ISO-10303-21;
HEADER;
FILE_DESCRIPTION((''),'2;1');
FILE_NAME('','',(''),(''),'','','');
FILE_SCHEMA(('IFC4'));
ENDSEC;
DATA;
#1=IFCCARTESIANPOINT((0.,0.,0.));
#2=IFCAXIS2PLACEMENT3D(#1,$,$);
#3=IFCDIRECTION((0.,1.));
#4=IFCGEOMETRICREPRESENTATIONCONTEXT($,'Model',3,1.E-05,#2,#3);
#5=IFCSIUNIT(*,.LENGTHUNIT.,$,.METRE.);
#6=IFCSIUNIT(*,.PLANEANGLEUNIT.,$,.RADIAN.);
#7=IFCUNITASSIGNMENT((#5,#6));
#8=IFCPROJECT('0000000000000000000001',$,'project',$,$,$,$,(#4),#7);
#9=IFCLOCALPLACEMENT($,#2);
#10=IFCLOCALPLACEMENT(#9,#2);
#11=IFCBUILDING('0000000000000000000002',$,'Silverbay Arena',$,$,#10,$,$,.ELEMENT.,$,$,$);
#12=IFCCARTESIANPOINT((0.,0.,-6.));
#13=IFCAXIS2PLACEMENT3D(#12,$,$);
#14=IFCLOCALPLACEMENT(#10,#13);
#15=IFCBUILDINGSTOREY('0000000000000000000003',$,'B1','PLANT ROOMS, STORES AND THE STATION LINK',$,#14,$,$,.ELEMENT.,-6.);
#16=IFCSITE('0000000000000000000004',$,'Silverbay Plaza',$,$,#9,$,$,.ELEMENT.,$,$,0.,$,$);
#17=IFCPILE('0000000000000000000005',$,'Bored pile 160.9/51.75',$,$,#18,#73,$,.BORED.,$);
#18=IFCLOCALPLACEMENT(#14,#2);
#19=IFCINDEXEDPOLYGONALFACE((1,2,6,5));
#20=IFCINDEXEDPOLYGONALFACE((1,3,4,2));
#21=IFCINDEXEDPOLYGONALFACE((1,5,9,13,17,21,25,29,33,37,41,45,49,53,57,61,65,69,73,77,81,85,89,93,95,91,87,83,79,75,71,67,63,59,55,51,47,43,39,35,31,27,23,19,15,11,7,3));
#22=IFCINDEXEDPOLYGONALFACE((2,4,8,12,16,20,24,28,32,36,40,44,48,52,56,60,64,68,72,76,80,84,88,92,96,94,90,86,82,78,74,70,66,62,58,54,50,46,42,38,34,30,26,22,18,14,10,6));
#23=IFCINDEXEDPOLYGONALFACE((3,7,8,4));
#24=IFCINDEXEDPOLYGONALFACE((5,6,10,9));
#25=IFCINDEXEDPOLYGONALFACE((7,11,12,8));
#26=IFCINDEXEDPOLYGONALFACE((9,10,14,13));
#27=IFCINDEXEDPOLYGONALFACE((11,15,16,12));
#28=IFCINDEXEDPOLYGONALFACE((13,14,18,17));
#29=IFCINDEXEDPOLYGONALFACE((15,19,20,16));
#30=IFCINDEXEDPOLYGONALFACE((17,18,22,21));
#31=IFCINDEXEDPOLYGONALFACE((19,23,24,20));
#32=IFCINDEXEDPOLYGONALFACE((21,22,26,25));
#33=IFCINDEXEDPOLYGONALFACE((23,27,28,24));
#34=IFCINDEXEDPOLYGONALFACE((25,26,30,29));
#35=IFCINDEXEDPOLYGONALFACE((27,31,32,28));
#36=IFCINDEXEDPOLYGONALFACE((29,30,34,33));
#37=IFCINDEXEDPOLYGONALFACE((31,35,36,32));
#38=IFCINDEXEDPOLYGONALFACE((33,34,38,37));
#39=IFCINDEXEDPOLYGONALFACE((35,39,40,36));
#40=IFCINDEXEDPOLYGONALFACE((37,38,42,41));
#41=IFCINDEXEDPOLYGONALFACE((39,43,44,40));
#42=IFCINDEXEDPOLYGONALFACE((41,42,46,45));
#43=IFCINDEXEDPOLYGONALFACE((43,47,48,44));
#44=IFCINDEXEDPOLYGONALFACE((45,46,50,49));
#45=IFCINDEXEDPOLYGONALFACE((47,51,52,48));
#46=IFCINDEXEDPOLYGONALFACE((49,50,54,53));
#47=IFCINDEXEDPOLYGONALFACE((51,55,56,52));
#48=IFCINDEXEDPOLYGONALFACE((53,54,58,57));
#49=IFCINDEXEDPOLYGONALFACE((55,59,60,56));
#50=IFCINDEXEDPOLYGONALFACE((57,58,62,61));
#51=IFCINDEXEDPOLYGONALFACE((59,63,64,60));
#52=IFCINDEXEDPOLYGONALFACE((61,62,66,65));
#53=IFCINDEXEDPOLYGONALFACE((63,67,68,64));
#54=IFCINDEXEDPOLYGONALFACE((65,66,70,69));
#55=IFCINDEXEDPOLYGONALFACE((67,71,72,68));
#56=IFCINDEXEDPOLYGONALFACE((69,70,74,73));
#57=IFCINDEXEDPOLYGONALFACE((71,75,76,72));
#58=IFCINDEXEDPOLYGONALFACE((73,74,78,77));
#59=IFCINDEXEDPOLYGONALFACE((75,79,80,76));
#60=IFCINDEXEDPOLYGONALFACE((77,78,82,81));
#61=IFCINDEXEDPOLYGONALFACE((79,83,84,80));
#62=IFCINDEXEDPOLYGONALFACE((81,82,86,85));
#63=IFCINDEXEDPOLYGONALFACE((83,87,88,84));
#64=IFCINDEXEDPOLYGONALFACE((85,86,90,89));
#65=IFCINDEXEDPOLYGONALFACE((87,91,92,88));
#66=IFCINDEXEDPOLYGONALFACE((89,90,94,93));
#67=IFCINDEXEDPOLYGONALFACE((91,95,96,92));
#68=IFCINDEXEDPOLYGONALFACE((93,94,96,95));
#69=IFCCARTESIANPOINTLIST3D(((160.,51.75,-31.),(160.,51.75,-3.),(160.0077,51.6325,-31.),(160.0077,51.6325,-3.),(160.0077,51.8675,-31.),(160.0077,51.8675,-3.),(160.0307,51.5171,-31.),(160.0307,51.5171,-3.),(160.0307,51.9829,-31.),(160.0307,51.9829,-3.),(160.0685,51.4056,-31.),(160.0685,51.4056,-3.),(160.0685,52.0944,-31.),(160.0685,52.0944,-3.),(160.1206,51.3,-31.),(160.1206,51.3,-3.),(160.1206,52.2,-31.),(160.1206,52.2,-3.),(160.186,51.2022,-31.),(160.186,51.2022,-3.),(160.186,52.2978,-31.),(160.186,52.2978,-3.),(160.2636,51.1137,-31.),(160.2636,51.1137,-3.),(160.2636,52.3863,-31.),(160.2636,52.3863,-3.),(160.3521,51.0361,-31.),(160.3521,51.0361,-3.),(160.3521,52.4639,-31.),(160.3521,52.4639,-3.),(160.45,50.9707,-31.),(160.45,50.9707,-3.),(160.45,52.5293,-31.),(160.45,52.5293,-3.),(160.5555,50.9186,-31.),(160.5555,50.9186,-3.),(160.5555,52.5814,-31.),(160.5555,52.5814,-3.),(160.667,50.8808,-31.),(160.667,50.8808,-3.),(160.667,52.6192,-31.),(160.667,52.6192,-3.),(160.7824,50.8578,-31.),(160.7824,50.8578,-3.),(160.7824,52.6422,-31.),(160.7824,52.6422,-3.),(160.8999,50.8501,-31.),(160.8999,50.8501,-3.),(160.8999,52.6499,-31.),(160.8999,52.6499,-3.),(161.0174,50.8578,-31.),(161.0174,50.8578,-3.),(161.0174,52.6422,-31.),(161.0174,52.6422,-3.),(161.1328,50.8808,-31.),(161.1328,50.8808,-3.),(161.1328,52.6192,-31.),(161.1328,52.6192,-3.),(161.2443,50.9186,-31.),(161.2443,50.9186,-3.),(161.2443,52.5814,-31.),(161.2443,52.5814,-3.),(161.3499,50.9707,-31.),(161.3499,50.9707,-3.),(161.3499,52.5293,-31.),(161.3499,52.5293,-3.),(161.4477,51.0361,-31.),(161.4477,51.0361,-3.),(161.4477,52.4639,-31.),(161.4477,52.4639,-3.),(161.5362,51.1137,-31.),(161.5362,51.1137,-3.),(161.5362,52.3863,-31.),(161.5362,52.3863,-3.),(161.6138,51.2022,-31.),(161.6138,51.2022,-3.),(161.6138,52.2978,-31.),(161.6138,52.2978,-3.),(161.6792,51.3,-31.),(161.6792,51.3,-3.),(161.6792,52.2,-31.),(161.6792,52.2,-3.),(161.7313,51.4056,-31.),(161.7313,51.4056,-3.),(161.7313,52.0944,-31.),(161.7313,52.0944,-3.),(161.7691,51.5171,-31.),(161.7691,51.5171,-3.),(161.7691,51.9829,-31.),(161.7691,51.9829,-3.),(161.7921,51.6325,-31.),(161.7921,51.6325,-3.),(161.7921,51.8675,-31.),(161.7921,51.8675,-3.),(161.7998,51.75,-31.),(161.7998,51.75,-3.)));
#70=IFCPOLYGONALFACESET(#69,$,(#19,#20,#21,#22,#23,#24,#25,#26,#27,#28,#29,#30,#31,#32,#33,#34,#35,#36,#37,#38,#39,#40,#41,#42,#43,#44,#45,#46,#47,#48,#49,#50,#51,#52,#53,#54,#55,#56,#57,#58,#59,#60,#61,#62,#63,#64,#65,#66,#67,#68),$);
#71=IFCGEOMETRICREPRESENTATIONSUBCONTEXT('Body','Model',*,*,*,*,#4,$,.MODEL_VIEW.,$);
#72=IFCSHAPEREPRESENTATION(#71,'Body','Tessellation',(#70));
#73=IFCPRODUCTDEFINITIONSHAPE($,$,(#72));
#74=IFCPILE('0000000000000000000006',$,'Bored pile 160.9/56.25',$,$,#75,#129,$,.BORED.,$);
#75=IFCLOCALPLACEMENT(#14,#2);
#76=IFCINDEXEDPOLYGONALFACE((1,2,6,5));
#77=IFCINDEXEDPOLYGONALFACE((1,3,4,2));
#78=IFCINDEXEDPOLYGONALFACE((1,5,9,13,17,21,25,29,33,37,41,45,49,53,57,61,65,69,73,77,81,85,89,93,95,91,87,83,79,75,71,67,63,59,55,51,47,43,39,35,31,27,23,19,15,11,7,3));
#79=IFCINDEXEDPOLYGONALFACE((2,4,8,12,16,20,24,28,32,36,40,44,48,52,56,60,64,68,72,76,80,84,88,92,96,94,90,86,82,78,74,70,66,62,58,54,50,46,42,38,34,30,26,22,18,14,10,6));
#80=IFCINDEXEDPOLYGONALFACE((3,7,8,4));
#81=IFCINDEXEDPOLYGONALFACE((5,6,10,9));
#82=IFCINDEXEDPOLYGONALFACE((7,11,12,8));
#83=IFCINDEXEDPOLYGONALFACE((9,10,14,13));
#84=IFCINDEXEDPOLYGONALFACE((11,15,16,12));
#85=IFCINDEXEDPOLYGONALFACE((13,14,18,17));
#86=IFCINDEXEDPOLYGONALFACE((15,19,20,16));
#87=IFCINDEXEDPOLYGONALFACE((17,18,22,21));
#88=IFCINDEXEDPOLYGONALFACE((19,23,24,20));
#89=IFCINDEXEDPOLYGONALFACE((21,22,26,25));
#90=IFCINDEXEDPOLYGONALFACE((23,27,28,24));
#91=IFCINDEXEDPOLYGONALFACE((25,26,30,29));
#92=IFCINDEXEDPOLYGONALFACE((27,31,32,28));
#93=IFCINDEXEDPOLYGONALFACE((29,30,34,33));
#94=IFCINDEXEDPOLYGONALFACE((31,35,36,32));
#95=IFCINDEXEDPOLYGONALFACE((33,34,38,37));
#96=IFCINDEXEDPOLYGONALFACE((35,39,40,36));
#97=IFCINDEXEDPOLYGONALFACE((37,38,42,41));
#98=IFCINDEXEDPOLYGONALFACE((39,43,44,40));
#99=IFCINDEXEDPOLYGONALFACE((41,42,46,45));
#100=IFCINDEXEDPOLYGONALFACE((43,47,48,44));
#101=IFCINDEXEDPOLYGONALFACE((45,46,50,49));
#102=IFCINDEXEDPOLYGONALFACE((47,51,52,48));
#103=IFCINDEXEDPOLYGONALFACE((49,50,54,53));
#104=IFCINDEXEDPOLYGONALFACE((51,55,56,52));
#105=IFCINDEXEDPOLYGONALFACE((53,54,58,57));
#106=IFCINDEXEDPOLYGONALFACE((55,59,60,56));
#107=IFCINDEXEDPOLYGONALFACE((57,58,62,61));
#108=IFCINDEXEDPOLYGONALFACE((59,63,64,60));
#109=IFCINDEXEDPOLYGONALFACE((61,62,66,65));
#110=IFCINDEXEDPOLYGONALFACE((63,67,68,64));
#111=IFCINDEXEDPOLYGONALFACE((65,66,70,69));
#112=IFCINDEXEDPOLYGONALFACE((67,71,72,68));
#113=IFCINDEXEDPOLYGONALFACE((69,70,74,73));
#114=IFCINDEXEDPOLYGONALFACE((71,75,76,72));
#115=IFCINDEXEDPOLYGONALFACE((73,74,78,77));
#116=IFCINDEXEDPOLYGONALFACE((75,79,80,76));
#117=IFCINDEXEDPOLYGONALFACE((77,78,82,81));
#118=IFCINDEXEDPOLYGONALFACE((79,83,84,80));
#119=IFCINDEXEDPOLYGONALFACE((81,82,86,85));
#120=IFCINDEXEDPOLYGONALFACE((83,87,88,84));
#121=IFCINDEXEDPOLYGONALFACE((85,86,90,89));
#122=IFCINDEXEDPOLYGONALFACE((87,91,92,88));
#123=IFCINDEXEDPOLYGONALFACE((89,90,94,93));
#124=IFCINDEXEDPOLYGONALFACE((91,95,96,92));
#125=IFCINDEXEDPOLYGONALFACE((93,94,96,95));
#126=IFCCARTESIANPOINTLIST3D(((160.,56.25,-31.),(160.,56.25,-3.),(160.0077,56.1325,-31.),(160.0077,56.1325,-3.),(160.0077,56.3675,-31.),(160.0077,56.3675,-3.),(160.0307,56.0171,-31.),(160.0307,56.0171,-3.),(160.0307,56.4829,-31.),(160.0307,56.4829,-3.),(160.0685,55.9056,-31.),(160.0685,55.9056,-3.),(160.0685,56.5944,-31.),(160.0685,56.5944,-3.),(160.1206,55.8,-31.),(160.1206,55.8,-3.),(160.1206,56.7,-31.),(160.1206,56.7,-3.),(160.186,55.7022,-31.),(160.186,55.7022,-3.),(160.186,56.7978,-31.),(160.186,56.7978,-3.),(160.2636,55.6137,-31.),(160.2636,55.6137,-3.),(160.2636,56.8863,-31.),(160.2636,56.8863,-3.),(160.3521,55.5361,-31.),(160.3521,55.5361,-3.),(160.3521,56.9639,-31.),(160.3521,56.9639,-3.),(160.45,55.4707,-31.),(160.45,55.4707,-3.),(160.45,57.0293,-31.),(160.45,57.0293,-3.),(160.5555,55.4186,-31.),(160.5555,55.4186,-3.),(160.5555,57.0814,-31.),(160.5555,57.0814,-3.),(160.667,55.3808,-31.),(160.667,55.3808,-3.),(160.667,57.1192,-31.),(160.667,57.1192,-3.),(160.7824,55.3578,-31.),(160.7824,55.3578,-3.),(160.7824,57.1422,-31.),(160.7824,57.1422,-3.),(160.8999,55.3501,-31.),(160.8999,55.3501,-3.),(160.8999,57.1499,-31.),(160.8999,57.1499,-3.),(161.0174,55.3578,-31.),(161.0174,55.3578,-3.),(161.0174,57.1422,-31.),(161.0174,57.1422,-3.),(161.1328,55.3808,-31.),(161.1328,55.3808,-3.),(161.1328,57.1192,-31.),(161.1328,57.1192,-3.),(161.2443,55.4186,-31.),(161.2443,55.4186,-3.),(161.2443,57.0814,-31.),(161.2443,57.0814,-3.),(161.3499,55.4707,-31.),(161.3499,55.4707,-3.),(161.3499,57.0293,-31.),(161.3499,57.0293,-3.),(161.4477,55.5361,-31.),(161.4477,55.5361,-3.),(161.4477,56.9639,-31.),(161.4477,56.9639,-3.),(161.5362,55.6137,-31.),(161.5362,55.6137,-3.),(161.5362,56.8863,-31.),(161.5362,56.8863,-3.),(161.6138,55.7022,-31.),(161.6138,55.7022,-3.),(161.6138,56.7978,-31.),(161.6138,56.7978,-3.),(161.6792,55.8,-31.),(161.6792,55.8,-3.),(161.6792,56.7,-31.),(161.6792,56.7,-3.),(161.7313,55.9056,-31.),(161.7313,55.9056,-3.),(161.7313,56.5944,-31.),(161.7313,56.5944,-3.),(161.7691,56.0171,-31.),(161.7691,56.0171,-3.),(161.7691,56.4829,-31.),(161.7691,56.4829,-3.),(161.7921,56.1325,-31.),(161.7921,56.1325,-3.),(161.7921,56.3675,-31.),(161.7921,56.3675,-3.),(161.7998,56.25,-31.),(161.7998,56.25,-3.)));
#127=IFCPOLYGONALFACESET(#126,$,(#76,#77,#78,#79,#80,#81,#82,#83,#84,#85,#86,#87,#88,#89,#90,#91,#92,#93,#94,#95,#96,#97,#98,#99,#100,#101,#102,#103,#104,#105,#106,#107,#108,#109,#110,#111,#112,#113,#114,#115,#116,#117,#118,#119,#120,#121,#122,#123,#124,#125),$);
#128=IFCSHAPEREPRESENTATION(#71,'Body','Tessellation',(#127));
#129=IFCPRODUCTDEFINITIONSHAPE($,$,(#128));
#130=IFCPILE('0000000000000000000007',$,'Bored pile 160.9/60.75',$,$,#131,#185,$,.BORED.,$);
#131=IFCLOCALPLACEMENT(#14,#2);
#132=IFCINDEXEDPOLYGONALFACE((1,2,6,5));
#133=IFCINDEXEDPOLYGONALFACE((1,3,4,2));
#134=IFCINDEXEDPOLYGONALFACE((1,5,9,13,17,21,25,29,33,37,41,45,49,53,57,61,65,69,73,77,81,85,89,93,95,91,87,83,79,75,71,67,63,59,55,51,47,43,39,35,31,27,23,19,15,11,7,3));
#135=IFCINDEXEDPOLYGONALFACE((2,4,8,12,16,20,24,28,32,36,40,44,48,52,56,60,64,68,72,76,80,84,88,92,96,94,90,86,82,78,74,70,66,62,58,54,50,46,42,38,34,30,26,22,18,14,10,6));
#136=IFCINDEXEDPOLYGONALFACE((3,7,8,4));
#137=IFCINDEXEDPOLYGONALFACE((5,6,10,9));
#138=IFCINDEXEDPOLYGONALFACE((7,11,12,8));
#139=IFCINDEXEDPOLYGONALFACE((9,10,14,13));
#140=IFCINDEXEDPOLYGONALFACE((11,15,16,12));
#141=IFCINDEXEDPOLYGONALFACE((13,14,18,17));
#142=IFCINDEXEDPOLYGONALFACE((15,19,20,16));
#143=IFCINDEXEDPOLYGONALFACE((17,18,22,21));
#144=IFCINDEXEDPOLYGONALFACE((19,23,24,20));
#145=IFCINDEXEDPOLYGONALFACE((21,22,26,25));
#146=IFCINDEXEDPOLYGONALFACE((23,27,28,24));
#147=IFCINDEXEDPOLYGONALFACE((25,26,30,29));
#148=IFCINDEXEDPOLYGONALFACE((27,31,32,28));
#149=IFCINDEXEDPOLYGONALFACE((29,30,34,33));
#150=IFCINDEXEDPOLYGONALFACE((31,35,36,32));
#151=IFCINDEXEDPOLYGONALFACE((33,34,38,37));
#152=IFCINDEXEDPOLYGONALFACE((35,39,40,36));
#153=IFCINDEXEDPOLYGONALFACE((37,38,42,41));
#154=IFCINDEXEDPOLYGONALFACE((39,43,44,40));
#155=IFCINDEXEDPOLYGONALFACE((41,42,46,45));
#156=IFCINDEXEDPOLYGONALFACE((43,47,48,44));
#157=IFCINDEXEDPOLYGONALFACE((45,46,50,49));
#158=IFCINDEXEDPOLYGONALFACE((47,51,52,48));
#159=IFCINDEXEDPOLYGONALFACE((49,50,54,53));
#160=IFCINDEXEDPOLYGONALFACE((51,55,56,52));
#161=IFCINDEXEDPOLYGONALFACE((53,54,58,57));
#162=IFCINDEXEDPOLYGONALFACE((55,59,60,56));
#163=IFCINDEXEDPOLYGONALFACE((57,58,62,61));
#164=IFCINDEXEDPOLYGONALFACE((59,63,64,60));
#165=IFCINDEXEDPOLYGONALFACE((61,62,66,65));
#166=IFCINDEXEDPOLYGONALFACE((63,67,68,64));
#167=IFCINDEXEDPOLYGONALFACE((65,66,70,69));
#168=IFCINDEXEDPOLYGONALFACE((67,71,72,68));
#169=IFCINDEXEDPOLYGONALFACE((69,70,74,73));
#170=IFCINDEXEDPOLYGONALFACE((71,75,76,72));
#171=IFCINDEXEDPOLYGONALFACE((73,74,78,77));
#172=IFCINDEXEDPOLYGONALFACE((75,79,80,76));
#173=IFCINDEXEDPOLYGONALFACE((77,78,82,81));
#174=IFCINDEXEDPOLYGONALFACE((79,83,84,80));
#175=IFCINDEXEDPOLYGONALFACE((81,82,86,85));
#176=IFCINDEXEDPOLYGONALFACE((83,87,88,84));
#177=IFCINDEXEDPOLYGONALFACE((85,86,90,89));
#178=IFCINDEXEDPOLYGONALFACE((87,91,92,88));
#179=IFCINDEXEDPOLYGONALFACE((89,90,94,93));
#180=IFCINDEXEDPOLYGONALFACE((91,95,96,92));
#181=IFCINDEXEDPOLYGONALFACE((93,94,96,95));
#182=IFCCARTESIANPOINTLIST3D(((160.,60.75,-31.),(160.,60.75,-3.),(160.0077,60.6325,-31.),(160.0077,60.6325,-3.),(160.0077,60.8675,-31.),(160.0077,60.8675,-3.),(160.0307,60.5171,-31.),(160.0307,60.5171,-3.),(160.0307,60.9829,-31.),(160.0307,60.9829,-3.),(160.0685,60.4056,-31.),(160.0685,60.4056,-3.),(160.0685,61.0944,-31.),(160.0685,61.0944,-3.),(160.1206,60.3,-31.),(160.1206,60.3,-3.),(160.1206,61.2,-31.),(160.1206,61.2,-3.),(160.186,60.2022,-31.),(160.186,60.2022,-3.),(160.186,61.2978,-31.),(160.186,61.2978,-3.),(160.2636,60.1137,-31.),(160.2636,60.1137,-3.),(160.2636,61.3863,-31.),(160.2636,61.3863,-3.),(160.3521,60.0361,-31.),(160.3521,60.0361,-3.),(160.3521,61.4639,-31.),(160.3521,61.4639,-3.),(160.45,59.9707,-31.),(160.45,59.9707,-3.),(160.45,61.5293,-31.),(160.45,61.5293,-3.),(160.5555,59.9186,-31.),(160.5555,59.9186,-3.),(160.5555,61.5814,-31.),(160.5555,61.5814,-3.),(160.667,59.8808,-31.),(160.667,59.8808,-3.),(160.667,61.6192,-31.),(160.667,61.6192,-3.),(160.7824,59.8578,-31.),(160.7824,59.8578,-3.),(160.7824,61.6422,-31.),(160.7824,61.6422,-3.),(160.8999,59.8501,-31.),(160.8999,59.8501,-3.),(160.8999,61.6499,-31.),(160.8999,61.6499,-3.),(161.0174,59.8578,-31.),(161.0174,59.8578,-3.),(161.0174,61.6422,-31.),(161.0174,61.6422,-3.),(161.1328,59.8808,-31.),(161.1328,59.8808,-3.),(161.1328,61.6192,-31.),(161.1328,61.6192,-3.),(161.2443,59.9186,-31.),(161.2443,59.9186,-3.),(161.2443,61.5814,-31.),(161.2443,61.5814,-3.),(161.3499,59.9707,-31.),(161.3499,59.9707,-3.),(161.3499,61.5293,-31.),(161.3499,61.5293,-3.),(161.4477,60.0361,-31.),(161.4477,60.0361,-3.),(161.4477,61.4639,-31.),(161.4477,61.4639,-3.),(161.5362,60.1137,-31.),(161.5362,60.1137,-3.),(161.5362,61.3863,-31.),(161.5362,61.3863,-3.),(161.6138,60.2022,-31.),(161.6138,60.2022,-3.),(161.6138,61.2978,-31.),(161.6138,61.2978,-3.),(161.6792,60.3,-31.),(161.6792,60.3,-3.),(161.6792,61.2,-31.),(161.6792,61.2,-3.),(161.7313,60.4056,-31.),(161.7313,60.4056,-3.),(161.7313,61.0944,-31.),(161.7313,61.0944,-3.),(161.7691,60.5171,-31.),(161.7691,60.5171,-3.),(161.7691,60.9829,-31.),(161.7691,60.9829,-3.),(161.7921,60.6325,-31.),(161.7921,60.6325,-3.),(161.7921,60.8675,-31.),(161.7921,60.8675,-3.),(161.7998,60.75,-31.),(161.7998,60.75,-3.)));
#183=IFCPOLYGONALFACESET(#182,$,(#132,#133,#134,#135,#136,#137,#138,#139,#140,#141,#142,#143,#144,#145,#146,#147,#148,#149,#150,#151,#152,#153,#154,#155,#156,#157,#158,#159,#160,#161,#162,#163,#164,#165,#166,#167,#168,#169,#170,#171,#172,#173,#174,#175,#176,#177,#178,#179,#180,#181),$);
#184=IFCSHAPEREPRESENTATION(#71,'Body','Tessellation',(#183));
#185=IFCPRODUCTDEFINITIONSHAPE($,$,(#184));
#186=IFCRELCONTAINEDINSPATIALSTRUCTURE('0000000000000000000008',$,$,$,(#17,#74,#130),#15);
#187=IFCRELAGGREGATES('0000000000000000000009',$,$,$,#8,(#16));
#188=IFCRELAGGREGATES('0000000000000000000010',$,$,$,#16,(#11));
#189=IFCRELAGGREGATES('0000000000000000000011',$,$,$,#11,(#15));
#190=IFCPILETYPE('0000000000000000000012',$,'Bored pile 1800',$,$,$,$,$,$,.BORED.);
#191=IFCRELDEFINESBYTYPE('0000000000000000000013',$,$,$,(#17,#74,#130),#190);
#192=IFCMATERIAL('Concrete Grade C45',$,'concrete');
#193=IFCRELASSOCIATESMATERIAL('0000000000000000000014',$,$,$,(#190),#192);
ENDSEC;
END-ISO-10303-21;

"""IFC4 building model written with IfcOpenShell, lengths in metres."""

from ifc_helpers import new_model, si_unit, direction, frame, origin, origin_2d, place, context, subcontext, project, spatial, circle, extrude, material, material_profile, profile_set, type_object, element, save


model = new_model("IFC4")

# Units and contexts
model_context = context("Model", 3, precision=1e-05, world=origin(), true_north=direction((0.0, 1.0)))
body_context = subcontext(model_context, "Body", "Model", "MODEL_VIEW")
ifc_project = project(units=[si_unit("LENGTHUNIT", "METRE"), si_unit("PLANEANGLEUNIT", "RADIAN")], contexts=[model_context])

# Site, building, storey
site_placement = place(None, origin())
site = spatial("IfcSite", under=ifc_project, at=site_placement, Name="Silverbay Plaza", CompositionType="ELEMENT", RefElevation=0.0)
building_placement = place(site_placement, origin())
building = spatial("IfcBuilding", under=site, at=building_placement, Name="Silverbay Arena", CompositionType="ELEMENT")
storey_placement = place(building_placement, frame((0.0, 0.0, -6.0)))
storey = spatial("IfcBuildingStorey", under=building, at=storey_placement, Name="B1", Description="PLANT ROOMS, STORES AND THE STATION LINK", CompositionType="ELEMENT", Elevation=-6.0)

# Piles
ifc_material_1 = material(Name="Concrete Grade C45", Category="concrete")
ifc_material_profile_1 = material_profile(ifc_material_1, circle(Radius=0.8999, at=origin_2d()), Name="Bored pile 1800")
ifc_profile_set_1 = profile_set([ifc_material_profile_1], Name="Concrete Grade C45")
pile_type_1 = type_object("IfcPileType", Name="Bored pile 1800", PredefinedType="BORED", material=ifc_profile_set_1)
for number, where, z_axis, x_axis, name in (
    (1, (160.8999, 51.75, -3.0), (0.0, 0.0, -1.0), (1.0, 0.0, 0.0), "Bored pile 160.9/51.75"),
    (2, (160.8999, 56.25, -3.0), (0.0, 0.0, -1.0), (1.0, 0.0, 0.0), "Bored pile 160.9/56.25"),
    (3, (160.8999, 60.75, -3.0), (0.0, 0.0, -1.0), (1.0, 0.0, 0.0), "Bored pile 160.9/60.75"),
):
    element("IfcPile", number, at=place(storey_placement, frame(where, z_axis=z_axis, x_axis=x_axis)), inside=storey, type_object=pile_type_1, Name=name, PredefinedType="BORED", context=body_context, shape_type="SweptSolid", body=[
        extrude(circle(Radius=0.8999, at=origin_2d()), origin(), (0.0, 0.0, 1.0), 28.0),
    ])

save(model, "model.ifc")
